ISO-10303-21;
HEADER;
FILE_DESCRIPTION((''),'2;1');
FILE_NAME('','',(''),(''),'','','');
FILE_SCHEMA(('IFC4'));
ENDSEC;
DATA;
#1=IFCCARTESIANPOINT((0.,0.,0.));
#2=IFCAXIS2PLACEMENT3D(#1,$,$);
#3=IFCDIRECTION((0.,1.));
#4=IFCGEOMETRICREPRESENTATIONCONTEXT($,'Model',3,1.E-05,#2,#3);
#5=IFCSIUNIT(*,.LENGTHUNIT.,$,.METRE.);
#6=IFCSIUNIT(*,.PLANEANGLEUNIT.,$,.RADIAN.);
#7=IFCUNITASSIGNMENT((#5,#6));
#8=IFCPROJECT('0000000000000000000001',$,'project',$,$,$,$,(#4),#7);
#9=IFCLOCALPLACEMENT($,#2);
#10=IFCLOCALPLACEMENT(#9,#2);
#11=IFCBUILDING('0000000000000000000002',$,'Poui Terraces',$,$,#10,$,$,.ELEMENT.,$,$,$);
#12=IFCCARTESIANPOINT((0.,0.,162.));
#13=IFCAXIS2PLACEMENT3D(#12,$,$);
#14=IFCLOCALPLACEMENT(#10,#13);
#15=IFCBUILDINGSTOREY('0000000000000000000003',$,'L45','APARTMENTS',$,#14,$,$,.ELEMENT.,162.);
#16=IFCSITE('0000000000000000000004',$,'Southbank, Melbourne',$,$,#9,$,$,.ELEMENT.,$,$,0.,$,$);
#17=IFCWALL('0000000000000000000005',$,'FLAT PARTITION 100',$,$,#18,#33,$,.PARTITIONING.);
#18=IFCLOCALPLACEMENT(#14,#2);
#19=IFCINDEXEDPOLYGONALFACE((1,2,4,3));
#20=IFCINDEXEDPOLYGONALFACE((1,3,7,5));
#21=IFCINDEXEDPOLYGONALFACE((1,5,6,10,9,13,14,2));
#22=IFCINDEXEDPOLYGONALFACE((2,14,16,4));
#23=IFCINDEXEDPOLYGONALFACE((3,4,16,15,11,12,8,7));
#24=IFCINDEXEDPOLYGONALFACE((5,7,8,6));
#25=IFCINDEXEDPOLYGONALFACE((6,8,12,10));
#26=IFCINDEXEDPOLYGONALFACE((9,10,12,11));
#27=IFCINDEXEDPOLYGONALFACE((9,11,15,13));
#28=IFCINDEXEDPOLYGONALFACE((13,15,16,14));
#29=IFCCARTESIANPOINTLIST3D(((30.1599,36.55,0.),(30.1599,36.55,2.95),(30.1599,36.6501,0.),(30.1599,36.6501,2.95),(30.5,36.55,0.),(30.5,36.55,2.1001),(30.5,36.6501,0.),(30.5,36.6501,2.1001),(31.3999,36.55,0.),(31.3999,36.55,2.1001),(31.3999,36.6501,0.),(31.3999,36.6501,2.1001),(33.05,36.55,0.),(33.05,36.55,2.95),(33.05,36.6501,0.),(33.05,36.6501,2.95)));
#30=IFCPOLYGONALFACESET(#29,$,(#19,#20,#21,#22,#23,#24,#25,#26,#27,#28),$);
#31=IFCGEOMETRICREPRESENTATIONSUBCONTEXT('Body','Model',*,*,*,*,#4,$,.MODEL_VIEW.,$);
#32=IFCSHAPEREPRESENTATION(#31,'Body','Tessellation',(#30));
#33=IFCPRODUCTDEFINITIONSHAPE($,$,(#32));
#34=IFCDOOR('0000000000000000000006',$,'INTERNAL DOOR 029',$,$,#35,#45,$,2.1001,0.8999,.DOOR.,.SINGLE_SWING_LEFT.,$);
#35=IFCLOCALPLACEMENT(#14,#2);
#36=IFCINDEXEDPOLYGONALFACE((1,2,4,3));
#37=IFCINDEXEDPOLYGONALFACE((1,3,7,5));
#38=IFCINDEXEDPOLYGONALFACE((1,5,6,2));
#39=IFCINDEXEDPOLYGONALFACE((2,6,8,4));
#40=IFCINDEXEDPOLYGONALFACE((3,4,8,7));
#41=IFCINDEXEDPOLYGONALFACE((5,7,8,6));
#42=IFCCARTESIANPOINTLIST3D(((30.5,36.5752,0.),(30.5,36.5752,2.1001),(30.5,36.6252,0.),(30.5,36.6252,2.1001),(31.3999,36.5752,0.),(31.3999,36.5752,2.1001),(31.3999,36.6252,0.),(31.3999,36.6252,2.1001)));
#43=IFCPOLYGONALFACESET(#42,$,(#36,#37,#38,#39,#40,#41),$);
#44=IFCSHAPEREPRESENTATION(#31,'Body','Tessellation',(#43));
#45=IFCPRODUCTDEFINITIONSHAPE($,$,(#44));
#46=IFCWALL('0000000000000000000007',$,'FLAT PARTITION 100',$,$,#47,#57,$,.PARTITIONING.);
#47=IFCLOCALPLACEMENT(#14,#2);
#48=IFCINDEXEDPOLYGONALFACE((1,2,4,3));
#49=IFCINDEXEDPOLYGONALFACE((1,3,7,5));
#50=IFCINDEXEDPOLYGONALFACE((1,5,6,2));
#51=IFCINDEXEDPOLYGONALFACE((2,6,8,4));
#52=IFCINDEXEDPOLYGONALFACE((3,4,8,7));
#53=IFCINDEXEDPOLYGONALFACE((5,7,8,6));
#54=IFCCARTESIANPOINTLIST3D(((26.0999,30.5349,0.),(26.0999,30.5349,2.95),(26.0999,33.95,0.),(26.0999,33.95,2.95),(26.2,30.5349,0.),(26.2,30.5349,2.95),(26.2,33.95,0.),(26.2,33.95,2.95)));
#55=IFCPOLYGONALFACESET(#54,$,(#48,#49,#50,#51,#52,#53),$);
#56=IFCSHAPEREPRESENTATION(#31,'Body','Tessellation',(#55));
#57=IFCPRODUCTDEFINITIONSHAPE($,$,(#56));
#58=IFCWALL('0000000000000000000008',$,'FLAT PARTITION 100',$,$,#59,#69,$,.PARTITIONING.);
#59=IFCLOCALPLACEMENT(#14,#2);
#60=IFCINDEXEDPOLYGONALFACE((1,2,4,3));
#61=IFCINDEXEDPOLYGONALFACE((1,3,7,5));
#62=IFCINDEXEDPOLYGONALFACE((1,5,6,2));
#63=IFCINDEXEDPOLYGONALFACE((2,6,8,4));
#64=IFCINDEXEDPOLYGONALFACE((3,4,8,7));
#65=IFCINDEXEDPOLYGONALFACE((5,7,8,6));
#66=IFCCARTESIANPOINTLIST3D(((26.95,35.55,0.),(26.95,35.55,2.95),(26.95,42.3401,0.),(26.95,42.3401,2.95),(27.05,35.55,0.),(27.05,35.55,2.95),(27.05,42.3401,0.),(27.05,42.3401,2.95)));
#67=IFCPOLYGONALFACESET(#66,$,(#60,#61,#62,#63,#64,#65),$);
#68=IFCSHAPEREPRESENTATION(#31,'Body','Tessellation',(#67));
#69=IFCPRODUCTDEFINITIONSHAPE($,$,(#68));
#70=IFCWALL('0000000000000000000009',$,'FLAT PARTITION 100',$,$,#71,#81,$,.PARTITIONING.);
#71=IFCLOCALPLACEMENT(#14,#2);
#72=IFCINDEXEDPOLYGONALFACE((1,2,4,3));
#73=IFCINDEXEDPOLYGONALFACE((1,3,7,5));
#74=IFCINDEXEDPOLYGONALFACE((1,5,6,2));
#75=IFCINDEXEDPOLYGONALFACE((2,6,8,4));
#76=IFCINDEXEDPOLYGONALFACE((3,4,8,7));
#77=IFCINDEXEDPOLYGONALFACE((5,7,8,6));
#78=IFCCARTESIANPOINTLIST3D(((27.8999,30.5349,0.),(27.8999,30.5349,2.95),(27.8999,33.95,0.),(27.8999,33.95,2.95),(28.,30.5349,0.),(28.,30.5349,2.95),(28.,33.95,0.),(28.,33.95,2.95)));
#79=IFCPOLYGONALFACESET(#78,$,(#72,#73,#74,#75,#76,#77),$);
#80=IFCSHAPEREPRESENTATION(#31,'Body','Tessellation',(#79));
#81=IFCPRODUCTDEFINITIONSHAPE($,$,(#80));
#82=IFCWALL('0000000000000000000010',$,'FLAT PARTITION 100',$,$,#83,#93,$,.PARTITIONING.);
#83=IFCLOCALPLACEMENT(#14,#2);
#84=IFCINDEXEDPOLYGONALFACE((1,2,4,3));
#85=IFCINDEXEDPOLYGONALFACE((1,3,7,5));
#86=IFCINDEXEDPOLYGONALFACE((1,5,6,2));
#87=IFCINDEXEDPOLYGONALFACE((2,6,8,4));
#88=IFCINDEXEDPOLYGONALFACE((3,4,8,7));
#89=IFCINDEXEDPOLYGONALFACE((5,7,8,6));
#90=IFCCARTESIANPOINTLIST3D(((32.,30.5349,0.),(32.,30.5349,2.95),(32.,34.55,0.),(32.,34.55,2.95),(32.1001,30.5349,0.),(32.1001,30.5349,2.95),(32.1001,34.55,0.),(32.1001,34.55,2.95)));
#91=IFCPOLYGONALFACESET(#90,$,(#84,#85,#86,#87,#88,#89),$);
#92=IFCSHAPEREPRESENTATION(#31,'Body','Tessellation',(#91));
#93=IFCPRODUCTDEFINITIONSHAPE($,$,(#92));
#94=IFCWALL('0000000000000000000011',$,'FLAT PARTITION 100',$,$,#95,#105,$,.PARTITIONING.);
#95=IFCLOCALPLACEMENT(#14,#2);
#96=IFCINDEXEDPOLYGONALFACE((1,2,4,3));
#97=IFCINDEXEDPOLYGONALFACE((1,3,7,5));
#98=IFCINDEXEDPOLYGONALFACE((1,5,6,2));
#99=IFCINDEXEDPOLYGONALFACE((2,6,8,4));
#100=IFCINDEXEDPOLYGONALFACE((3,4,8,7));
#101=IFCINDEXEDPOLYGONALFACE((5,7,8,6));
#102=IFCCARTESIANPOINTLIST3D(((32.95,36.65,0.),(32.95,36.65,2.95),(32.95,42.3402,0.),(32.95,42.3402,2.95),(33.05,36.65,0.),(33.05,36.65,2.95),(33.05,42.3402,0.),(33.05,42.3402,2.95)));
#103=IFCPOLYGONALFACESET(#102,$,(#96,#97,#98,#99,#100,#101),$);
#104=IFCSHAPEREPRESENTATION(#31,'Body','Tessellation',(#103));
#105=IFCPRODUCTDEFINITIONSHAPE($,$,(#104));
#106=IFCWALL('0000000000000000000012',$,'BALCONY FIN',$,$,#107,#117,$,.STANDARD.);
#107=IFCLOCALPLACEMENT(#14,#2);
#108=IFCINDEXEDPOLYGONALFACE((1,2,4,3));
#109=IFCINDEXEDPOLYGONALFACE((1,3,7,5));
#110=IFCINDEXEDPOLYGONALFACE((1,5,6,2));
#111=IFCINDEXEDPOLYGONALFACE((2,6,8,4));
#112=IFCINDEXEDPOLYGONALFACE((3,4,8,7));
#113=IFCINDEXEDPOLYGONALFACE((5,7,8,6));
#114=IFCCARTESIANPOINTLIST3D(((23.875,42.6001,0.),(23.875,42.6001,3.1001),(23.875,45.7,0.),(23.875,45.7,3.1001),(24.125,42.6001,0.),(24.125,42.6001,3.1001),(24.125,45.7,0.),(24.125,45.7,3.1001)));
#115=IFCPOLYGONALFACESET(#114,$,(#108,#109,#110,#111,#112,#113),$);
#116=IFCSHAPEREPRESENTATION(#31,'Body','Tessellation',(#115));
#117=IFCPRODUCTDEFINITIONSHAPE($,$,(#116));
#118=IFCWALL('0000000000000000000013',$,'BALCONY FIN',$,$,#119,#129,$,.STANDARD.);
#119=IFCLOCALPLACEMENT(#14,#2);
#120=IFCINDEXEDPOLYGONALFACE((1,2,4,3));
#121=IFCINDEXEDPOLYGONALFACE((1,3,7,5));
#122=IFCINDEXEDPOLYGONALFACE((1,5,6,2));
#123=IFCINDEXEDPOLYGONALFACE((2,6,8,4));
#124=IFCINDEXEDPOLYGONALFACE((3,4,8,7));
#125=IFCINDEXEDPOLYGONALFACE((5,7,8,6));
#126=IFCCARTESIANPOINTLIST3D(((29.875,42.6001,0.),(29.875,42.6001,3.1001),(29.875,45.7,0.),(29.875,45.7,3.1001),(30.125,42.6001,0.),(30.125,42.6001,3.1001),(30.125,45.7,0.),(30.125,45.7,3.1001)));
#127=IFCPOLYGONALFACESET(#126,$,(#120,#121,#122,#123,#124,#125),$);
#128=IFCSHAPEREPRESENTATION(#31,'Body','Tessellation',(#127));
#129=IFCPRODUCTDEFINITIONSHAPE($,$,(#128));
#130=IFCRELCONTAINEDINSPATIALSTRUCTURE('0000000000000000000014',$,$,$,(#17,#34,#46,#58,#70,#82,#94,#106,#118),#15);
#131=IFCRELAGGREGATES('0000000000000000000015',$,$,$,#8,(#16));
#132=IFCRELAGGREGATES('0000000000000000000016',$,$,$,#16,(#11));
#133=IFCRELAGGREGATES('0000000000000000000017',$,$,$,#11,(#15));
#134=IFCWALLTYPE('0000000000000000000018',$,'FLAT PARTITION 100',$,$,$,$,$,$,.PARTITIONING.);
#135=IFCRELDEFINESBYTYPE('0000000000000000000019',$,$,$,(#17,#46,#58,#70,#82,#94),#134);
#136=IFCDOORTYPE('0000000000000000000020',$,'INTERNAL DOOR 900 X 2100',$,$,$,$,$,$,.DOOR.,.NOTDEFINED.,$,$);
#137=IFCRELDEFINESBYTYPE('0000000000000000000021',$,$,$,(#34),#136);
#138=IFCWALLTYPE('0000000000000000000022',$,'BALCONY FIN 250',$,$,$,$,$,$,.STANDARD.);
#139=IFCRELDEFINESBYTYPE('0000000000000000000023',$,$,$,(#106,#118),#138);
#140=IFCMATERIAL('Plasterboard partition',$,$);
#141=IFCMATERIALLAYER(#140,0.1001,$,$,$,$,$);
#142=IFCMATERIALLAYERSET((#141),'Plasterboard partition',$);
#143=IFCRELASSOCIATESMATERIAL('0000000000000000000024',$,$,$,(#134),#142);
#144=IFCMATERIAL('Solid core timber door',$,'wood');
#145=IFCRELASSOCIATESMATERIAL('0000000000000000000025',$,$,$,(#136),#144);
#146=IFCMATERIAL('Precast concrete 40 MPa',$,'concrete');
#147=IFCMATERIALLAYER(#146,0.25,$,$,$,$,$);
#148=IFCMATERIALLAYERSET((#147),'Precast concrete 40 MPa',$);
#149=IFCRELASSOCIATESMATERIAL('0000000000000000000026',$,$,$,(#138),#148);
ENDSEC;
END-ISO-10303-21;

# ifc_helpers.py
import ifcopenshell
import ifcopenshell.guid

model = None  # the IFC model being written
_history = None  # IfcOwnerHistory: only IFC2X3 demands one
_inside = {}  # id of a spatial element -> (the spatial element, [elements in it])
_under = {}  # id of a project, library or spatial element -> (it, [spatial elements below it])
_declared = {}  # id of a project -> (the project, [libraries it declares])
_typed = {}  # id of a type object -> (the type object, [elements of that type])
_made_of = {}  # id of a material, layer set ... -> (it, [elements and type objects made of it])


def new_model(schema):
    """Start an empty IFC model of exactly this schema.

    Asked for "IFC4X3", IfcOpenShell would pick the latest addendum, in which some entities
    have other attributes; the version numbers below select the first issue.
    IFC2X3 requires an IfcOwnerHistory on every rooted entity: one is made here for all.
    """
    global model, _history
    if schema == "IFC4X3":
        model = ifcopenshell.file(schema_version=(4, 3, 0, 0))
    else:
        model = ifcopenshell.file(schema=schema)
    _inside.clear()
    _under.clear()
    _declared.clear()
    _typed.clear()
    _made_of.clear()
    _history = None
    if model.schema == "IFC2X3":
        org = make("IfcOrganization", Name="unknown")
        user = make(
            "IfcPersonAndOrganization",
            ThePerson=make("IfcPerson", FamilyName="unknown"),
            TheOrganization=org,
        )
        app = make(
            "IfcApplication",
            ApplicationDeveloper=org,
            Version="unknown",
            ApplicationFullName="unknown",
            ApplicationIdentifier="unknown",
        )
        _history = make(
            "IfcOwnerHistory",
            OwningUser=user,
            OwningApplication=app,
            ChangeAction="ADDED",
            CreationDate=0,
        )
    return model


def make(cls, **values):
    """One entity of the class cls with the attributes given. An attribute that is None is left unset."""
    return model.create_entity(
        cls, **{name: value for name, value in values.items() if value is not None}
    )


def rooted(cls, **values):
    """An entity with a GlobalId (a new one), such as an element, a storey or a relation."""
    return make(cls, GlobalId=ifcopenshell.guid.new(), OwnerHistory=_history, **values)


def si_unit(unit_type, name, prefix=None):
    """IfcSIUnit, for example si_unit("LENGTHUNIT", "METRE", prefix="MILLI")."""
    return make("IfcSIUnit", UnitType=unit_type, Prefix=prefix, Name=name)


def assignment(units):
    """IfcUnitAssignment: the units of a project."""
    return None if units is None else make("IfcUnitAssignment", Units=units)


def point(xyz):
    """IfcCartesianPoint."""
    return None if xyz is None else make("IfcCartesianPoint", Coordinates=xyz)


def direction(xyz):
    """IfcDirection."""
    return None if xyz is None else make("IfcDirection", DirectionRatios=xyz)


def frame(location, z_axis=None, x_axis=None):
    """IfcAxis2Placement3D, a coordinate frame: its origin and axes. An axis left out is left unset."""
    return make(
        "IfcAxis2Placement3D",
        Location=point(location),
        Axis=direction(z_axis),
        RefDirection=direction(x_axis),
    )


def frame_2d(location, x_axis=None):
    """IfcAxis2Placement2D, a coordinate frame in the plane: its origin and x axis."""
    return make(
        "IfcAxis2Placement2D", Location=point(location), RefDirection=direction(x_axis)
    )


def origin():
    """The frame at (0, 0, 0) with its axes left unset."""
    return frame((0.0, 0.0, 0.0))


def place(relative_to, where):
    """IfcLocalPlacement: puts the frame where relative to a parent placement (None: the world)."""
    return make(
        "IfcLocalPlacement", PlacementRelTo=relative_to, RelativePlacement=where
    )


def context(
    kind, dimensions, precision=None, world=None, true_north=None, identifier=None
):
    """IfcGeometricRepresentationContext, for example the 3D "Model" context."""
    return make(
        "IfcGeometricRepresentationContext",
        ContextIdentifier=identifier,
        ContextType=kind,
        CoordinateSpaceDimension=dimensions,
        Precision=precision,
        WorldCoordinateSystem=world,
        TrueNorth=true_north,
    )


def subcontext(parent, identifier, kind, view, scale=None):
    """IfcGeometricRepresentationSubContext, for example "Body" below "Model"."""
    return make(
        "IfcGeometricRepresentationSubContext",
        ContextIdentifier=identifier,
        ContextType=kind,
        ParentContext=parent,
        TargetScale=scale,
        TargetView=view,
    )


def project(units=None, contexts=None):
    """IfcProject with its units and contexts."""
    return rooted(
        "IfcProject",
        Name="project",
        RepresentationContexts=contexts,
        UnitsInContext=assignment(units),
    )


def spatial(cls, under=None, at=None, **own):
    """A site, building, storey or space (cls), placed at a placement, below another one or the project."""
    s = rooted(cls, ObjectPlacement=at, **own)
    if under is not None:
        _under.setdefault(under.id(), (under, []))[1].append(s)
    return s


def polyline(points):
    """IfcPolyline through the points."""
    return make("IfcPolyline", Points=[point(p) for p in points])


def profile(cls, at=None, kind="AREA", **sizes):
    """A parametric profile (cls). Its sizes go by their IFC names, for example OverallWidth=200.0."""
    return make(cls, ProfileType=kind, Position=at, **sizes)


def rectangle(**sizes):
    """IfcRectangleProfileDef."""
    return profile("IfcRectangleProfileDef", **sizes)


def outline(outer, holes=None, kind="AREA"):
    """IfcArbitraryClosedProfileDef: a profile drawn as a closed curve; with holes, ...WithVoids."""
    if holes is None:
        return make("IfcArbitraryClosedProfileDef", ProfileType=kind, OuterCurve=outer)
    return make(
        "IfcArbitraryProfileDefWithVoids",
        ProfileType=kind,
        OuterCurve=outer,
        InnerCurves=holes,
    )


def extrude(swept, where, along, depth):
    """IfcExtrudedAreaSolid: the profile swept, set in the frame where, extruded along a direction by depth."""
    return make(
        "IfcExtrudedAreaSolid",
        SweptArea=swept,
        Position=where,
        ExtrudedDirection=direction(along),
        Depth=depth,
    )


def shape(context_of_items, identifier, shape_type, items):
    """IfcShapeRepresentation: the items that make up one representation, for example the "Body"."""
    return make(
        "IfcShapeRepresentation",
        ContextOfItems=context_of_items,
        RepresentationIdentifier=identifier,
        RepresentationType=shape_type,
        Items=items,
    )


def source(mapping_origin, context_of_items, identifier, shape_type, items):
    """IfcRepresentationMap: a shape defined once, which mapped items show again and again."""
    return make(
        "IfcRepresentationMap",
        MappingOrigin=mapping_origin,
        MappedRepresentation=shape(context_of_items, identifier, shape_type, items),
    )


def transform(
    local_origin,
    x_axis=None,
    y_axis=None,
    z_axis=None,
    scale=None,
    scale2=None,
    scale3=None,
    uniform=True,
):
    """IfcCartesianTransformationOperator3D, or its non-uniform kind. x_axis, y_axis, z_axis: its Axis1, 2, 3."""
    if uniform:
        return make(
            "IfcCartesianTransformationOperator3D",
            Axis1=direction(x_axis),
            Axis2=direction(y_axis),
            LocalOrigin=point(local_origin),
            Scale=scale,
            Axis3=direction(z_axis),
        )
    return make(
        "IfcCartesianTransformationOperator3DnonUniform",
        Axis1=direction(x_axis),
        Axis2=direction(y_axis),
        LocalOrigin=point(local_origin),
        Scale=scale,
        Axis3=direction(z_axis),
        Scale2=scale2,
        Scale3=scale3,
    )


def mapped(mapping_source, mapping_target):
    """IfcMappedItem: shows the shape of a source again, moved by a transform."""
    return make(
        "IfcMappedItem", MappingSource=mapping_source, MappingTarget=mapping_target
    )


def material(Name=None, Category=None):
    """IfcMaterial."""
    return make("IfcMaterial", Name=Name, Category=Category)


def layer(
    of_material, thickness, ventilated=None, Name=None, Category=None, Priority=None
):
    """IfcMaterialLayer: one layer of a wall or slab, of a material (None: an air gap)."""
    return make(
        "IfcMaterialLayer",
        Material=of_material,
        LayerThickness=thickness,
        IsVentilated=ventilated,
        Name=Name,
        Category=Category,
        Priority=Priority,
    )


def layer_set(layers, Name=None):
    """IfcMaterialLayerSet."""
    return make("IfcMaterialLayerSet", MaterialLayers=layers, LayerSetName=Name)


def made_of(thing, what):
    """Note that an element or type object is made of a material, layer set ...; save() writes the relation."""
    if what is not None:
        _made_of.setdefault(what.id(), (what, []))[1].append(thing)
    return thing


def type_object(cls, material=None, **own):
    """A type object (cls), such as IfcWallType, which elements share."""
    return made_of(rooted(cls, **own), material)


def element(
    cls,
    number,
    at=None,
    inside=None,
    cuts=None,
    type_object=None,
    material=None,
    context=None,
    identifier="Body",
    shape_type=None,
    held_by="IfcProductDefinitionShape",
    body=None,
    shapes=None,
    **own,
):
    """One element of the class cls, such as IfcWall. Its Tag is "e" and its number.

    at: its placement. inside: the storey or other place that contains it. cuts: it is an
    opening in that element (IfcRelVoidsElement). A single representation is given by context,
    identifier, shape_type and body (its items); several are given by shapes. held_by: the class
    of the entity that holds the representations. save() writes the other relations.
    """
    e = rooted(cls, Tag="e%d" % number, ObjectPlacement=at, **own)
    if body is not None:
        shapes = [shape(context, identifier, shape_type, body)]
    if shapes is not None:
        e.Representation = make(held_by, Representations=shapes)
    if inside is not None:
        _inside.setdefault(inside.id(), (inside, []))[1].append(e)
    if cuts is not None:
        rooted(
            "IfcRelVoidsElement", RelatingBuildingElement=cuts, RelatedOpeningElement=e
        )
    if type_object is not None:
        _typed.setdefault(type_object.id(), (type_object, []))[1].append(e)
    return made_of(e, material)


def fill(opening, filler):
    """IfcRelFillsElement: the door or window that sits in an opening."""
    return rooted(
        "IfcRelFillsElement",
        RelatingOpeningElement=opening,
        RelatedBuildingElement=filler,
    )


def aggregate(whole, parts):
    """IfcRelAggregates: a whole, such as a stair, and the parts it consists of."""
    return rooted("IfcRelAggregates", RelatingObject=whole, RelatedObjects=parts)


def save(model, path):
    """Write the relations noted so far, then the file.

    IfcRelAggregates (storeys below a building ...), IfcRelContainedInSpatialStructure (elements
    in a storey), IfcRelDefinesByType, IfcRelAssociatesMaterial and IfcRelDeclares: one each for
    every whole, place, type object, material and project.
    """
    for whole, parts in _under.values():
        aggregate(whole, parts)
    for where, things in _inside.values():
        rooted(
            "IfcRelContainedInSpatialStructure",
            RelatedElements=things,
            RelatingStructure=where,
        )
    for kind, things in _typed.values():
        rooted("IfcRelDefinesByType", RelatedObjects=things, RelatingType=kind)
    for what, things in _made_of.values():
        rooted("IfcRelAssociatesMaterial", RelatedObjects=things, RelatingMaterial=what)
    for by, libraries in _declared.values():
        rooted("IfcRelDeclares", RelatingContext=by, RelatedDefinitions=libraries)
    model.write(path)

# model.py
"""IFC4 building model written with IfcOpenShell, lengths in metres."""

from ifc_helpers import new_model, si_unit, direction, frame, frame_2d, origin, place, context, subcontext, project, spatial, polyline, rectangle, outline, extrude, source, transform, mapped, material, layer, layer_set, type_object, element, fill, save


model = new_model("IFC4")

# Units and contexts
model_context = context("Model", 3, precision=1e-05, world=origin(), true_north=direction((0.0, 1.0)))
body_context = subcontext(model_context, "Body", "Model", "MODEL_VIEW")
ifc_project = project(units=[si_unit("LENGTHUNIT", "METRE"), si_unit("PLANEANGLEUNIT", "RADIAN")], contexts=[model_context])

# Site, building, storey
site_placement = place(None, origin())
site = spatial("IfcSite", under=ifc_project, at=site_placement, Name="Southbank, Melbourne", CompositionType="ELEMENT", RefElevation=0.0)
building_placement = place(site_placement, origin())
building = spatial("IfcBuilding", under=site, at=building_placement, Name="Poui Terraces", CompositionType="ELEMENT")
storey_placement = place(building_placement, frame((0.0, 0.0, 162.0)))
storey = spatial("IfcBuildingStorey", under=building, at=storey_placement, Name="L45", Description="APARTMENTS", CompositionType="ELEMENT", Elevation=162.0)

# Wall, opening, door
ifc_material_1 = material(Name="Plasterboard partition")
ifc_layer_1 = layer(ifc_material_1, 0.1001)
ifc_layer_set_1 = layer_set([ifc_layer_1], Name="Plasterboard partition")
wall_type_1 = type_object("IfcWallType", Name="FLAT PARTITION 100", PredefinedType="PARTITIONING", material=ifc_layer_set_1)
ifc_material_2 = material(Name="Solid core timber door", Category="wood")
door_type_1 = type_object("IfcDoorType", Name="INTERNAL DOOR 900 X 2100", OperationType="NOTDEFINED", PredefinedType="DOOR", material=ifc_material_2)
wall_1_placement = place(storey_placement, frame((30.1599, 36.6001, 0.0), z_axis=(0.0, 0.0, 1.0), x_axis=(1.0, 0.0, 0.0)))
wall_1 = element("IfcWall", 1, at=wall_1_placement, inside=storey, type_object=wall_type_1, Name="FLAT PARTITION 100", PredefinedType="PARTITIONING", context=body_context, shape_type="SweptSolid", body=[
    extrude(rectangle(XDim=2.8901, YDim=0.1001, at=frame_2d((1.4451, 0.0))), origin(), (0.0, 0.0, 1.0), 2.95),
])
opening_1_placement = place(wall_1_placement, frame((0.3401, 0.0, 0.0)))
opening_1 = element("IfcOpeningElement", 2, at=opening_1_placement, cuts=wall_1, PredefinedType="OPENING", context=body_context, shape_type="SweptSolid", body=[
    extrude(rectangle(XDim=0.8999, YDim=2.1001, at=frame_2d((0.45, 1.05))), frame((0.0, 0.0601, 0.0), z_axis=(0.0, -1.0, 0.0), x_axis=(1.0, 0.0, 0.0)), (0.0, 0.0, 1.0), 0.1201),
])
door_1_placement = place(opening_1_placement, frame((0.8999, 0.0, 0.0), z_axis=(0.0, 0.0, 1.0), x_axis=(-1.0, 0.0, 0.0)))
door_1 = element("IfcDoor", 3, at=door_1_placement, inside=storey, type_object=door_type_1, Name="INTERNAL DOOR 029", OperationType="SINGLE_SWING_LEFT", OverallHeight=2.1001, OverallWidth=0.8999, PredefinedType="DOOR", context=body_context, shape_type="SweptSolid", body=[
    extrude(rectangle(XDim=0.8999, YDim=2.1001, at=frame_2d((0.45, 1.05))), frame((0.0, 0.0249, 0.0), z_axis=(0.0, -1.0, 0.0), x_axis=(1.0, 0.0, 0.0)), (0.0, 0.0, 1.0), 0.05),
])
fill(opening_1, door_1)

# Walls
wall_2_placement = place(storey_placement, frame((26.1499, 30.5349, 0.0), z_axis=(0.0, 0.0, 1.0), x_axis=(0.0, 1.0, 0.0)))
element("IfcWall", 4, at=wall_2_placement, inside=storey, type_object=wall_type_1, Name="FLAT PARTITION 100", PredefinedType="PARTITIONING", context=body_context, shape_type="SweptSolid", body=[
    extrude(rectangle(XDim=3.415, YDim=0.1001, at=frame_2d((1.7075, 0.0))), origin(), (0.0, 0.0, 1.0), 2.95),
])
wall_3_placement = place(storey_placement, frame((27.0, 35.55, 0.0), z_axis=(0.0, 0.0, 1.0), x_axis=(0.0, 1.0, 0.0)))
element("IfcWall", 5, at=wall_3_placement, inside=storey, type_object=wall_type_1, Name="FLAT PARTITION 100", PredefinedType="PARTITIONING", context=body_context, shape_type="SweptSolid", body=[
    extrude(rectangle(XDim=6.79, YDim=0.1001, at=frame_2d((3.395, 0.0))), origin(), (0.0, 0.0, 1.0), 2.95),
])
wall_4_placement = place(storey_placement, frame((27.95, 30.5349, 0.0), z_axis=(0.0, 0.0, 1.0), x_axis=(0.0, 1.0, 0.0)))
element("IfcWall", 6, at=wall_4_placement, inside=storey, type_object=wall_type_1, Name="FLAT PARTITION 100", PredefinedType="PARTITIONING", context=body_context, shape_type="SweptSolid", body=[
    extrude(rectangle(XDim=3.415, YDim=0.1001, at=frame_2d((1.7075, 0.0))), origin(), (0.0, 0.0, 1.0), 2.95),
])
wall_5_placement = place(storey_placement, frame((32.05, 30.5349, 0.0), z_axis=(0.0, 0.0, 1.0), x_axis=(0.0, 1.0, 0.0)))
element("IfcWall", 7, at=wall_5_placement, inside=storey, type_object=wall_type_1, Name="FLAT PARTITION 100", PredefinedType="PARTITIONING", context=body_context, shape_type="SweptSolid", body=[
    extrude(rectangle(XDim=4.0151, YDim=0.1001, at=frame_2d((2.0076, 0.0))), origin(), (0.0, 0.0, 1.0), 2.95),
])
wall_6_placement = place(storey_placement, frame((33.0, 36.6499, 0.0), z_axis=(0.0, 0.0, 1.0), x_axis=(0.0, 1.0, 0.0)))
element("IfcWall", 8, at=wall_6_placement, inside=storey, type_object=wall_type_1, Name="FLAT PARTITION 100", PredefinedType="PARTITIONING", context=body_context, shape_type="SweptSolid", body=[
    extrude(rectangle(XDim=5.6902, YDim=0.1001, at=frame_2d((2.8452, 0.0))), origin(), (0.0, 0.0, 1.0), 2.95),
])
ifc_material_3 = material(Name="Precast concrete 40 MPa", Category="concrete")
ifc_layer_2 = layer(ifc_material_3, 0.25)
ifc_layer_set_2 = layer_set([ifc_layer_2], Name="Precast concrete 40 MPa")
wall_type_2 = type_object("IfcWallType", Name="BALCONY FIN 250", PredefinedType="STANDARD", material=ifc_layer_set_2)
shared_shape_1 = source(origin(), body_context, "Body", "SweptSolid", [
    extrude(outline(polyline([(0.0, 0.0), (0.25, 0.0), (0.25, 3.0999), (0.0, 3.0999), (0.0, 0.0)])), origin(), (0.0, 0.0, 1.0), 3.1001),
])
for number, where, name in (
    (9, (23.875, 42.6001, 0.0), "BALCONY FIN"),
    (10, (29.875, 42.6001, 0.0), "BALCONY FIN"),
):
    element("IfcWall", number, at=place(storey_placement, frame(where)), inside=storey, type_object=wall_type_2, Name=name, PredefinedType="STANDARD", context=body_context, shape_type="MappedRepresentation", body=[
        mapped(shared_shape_1, transform((0.0, 0.0, 0.0))),
    ])

save(model, "model.ifc")
